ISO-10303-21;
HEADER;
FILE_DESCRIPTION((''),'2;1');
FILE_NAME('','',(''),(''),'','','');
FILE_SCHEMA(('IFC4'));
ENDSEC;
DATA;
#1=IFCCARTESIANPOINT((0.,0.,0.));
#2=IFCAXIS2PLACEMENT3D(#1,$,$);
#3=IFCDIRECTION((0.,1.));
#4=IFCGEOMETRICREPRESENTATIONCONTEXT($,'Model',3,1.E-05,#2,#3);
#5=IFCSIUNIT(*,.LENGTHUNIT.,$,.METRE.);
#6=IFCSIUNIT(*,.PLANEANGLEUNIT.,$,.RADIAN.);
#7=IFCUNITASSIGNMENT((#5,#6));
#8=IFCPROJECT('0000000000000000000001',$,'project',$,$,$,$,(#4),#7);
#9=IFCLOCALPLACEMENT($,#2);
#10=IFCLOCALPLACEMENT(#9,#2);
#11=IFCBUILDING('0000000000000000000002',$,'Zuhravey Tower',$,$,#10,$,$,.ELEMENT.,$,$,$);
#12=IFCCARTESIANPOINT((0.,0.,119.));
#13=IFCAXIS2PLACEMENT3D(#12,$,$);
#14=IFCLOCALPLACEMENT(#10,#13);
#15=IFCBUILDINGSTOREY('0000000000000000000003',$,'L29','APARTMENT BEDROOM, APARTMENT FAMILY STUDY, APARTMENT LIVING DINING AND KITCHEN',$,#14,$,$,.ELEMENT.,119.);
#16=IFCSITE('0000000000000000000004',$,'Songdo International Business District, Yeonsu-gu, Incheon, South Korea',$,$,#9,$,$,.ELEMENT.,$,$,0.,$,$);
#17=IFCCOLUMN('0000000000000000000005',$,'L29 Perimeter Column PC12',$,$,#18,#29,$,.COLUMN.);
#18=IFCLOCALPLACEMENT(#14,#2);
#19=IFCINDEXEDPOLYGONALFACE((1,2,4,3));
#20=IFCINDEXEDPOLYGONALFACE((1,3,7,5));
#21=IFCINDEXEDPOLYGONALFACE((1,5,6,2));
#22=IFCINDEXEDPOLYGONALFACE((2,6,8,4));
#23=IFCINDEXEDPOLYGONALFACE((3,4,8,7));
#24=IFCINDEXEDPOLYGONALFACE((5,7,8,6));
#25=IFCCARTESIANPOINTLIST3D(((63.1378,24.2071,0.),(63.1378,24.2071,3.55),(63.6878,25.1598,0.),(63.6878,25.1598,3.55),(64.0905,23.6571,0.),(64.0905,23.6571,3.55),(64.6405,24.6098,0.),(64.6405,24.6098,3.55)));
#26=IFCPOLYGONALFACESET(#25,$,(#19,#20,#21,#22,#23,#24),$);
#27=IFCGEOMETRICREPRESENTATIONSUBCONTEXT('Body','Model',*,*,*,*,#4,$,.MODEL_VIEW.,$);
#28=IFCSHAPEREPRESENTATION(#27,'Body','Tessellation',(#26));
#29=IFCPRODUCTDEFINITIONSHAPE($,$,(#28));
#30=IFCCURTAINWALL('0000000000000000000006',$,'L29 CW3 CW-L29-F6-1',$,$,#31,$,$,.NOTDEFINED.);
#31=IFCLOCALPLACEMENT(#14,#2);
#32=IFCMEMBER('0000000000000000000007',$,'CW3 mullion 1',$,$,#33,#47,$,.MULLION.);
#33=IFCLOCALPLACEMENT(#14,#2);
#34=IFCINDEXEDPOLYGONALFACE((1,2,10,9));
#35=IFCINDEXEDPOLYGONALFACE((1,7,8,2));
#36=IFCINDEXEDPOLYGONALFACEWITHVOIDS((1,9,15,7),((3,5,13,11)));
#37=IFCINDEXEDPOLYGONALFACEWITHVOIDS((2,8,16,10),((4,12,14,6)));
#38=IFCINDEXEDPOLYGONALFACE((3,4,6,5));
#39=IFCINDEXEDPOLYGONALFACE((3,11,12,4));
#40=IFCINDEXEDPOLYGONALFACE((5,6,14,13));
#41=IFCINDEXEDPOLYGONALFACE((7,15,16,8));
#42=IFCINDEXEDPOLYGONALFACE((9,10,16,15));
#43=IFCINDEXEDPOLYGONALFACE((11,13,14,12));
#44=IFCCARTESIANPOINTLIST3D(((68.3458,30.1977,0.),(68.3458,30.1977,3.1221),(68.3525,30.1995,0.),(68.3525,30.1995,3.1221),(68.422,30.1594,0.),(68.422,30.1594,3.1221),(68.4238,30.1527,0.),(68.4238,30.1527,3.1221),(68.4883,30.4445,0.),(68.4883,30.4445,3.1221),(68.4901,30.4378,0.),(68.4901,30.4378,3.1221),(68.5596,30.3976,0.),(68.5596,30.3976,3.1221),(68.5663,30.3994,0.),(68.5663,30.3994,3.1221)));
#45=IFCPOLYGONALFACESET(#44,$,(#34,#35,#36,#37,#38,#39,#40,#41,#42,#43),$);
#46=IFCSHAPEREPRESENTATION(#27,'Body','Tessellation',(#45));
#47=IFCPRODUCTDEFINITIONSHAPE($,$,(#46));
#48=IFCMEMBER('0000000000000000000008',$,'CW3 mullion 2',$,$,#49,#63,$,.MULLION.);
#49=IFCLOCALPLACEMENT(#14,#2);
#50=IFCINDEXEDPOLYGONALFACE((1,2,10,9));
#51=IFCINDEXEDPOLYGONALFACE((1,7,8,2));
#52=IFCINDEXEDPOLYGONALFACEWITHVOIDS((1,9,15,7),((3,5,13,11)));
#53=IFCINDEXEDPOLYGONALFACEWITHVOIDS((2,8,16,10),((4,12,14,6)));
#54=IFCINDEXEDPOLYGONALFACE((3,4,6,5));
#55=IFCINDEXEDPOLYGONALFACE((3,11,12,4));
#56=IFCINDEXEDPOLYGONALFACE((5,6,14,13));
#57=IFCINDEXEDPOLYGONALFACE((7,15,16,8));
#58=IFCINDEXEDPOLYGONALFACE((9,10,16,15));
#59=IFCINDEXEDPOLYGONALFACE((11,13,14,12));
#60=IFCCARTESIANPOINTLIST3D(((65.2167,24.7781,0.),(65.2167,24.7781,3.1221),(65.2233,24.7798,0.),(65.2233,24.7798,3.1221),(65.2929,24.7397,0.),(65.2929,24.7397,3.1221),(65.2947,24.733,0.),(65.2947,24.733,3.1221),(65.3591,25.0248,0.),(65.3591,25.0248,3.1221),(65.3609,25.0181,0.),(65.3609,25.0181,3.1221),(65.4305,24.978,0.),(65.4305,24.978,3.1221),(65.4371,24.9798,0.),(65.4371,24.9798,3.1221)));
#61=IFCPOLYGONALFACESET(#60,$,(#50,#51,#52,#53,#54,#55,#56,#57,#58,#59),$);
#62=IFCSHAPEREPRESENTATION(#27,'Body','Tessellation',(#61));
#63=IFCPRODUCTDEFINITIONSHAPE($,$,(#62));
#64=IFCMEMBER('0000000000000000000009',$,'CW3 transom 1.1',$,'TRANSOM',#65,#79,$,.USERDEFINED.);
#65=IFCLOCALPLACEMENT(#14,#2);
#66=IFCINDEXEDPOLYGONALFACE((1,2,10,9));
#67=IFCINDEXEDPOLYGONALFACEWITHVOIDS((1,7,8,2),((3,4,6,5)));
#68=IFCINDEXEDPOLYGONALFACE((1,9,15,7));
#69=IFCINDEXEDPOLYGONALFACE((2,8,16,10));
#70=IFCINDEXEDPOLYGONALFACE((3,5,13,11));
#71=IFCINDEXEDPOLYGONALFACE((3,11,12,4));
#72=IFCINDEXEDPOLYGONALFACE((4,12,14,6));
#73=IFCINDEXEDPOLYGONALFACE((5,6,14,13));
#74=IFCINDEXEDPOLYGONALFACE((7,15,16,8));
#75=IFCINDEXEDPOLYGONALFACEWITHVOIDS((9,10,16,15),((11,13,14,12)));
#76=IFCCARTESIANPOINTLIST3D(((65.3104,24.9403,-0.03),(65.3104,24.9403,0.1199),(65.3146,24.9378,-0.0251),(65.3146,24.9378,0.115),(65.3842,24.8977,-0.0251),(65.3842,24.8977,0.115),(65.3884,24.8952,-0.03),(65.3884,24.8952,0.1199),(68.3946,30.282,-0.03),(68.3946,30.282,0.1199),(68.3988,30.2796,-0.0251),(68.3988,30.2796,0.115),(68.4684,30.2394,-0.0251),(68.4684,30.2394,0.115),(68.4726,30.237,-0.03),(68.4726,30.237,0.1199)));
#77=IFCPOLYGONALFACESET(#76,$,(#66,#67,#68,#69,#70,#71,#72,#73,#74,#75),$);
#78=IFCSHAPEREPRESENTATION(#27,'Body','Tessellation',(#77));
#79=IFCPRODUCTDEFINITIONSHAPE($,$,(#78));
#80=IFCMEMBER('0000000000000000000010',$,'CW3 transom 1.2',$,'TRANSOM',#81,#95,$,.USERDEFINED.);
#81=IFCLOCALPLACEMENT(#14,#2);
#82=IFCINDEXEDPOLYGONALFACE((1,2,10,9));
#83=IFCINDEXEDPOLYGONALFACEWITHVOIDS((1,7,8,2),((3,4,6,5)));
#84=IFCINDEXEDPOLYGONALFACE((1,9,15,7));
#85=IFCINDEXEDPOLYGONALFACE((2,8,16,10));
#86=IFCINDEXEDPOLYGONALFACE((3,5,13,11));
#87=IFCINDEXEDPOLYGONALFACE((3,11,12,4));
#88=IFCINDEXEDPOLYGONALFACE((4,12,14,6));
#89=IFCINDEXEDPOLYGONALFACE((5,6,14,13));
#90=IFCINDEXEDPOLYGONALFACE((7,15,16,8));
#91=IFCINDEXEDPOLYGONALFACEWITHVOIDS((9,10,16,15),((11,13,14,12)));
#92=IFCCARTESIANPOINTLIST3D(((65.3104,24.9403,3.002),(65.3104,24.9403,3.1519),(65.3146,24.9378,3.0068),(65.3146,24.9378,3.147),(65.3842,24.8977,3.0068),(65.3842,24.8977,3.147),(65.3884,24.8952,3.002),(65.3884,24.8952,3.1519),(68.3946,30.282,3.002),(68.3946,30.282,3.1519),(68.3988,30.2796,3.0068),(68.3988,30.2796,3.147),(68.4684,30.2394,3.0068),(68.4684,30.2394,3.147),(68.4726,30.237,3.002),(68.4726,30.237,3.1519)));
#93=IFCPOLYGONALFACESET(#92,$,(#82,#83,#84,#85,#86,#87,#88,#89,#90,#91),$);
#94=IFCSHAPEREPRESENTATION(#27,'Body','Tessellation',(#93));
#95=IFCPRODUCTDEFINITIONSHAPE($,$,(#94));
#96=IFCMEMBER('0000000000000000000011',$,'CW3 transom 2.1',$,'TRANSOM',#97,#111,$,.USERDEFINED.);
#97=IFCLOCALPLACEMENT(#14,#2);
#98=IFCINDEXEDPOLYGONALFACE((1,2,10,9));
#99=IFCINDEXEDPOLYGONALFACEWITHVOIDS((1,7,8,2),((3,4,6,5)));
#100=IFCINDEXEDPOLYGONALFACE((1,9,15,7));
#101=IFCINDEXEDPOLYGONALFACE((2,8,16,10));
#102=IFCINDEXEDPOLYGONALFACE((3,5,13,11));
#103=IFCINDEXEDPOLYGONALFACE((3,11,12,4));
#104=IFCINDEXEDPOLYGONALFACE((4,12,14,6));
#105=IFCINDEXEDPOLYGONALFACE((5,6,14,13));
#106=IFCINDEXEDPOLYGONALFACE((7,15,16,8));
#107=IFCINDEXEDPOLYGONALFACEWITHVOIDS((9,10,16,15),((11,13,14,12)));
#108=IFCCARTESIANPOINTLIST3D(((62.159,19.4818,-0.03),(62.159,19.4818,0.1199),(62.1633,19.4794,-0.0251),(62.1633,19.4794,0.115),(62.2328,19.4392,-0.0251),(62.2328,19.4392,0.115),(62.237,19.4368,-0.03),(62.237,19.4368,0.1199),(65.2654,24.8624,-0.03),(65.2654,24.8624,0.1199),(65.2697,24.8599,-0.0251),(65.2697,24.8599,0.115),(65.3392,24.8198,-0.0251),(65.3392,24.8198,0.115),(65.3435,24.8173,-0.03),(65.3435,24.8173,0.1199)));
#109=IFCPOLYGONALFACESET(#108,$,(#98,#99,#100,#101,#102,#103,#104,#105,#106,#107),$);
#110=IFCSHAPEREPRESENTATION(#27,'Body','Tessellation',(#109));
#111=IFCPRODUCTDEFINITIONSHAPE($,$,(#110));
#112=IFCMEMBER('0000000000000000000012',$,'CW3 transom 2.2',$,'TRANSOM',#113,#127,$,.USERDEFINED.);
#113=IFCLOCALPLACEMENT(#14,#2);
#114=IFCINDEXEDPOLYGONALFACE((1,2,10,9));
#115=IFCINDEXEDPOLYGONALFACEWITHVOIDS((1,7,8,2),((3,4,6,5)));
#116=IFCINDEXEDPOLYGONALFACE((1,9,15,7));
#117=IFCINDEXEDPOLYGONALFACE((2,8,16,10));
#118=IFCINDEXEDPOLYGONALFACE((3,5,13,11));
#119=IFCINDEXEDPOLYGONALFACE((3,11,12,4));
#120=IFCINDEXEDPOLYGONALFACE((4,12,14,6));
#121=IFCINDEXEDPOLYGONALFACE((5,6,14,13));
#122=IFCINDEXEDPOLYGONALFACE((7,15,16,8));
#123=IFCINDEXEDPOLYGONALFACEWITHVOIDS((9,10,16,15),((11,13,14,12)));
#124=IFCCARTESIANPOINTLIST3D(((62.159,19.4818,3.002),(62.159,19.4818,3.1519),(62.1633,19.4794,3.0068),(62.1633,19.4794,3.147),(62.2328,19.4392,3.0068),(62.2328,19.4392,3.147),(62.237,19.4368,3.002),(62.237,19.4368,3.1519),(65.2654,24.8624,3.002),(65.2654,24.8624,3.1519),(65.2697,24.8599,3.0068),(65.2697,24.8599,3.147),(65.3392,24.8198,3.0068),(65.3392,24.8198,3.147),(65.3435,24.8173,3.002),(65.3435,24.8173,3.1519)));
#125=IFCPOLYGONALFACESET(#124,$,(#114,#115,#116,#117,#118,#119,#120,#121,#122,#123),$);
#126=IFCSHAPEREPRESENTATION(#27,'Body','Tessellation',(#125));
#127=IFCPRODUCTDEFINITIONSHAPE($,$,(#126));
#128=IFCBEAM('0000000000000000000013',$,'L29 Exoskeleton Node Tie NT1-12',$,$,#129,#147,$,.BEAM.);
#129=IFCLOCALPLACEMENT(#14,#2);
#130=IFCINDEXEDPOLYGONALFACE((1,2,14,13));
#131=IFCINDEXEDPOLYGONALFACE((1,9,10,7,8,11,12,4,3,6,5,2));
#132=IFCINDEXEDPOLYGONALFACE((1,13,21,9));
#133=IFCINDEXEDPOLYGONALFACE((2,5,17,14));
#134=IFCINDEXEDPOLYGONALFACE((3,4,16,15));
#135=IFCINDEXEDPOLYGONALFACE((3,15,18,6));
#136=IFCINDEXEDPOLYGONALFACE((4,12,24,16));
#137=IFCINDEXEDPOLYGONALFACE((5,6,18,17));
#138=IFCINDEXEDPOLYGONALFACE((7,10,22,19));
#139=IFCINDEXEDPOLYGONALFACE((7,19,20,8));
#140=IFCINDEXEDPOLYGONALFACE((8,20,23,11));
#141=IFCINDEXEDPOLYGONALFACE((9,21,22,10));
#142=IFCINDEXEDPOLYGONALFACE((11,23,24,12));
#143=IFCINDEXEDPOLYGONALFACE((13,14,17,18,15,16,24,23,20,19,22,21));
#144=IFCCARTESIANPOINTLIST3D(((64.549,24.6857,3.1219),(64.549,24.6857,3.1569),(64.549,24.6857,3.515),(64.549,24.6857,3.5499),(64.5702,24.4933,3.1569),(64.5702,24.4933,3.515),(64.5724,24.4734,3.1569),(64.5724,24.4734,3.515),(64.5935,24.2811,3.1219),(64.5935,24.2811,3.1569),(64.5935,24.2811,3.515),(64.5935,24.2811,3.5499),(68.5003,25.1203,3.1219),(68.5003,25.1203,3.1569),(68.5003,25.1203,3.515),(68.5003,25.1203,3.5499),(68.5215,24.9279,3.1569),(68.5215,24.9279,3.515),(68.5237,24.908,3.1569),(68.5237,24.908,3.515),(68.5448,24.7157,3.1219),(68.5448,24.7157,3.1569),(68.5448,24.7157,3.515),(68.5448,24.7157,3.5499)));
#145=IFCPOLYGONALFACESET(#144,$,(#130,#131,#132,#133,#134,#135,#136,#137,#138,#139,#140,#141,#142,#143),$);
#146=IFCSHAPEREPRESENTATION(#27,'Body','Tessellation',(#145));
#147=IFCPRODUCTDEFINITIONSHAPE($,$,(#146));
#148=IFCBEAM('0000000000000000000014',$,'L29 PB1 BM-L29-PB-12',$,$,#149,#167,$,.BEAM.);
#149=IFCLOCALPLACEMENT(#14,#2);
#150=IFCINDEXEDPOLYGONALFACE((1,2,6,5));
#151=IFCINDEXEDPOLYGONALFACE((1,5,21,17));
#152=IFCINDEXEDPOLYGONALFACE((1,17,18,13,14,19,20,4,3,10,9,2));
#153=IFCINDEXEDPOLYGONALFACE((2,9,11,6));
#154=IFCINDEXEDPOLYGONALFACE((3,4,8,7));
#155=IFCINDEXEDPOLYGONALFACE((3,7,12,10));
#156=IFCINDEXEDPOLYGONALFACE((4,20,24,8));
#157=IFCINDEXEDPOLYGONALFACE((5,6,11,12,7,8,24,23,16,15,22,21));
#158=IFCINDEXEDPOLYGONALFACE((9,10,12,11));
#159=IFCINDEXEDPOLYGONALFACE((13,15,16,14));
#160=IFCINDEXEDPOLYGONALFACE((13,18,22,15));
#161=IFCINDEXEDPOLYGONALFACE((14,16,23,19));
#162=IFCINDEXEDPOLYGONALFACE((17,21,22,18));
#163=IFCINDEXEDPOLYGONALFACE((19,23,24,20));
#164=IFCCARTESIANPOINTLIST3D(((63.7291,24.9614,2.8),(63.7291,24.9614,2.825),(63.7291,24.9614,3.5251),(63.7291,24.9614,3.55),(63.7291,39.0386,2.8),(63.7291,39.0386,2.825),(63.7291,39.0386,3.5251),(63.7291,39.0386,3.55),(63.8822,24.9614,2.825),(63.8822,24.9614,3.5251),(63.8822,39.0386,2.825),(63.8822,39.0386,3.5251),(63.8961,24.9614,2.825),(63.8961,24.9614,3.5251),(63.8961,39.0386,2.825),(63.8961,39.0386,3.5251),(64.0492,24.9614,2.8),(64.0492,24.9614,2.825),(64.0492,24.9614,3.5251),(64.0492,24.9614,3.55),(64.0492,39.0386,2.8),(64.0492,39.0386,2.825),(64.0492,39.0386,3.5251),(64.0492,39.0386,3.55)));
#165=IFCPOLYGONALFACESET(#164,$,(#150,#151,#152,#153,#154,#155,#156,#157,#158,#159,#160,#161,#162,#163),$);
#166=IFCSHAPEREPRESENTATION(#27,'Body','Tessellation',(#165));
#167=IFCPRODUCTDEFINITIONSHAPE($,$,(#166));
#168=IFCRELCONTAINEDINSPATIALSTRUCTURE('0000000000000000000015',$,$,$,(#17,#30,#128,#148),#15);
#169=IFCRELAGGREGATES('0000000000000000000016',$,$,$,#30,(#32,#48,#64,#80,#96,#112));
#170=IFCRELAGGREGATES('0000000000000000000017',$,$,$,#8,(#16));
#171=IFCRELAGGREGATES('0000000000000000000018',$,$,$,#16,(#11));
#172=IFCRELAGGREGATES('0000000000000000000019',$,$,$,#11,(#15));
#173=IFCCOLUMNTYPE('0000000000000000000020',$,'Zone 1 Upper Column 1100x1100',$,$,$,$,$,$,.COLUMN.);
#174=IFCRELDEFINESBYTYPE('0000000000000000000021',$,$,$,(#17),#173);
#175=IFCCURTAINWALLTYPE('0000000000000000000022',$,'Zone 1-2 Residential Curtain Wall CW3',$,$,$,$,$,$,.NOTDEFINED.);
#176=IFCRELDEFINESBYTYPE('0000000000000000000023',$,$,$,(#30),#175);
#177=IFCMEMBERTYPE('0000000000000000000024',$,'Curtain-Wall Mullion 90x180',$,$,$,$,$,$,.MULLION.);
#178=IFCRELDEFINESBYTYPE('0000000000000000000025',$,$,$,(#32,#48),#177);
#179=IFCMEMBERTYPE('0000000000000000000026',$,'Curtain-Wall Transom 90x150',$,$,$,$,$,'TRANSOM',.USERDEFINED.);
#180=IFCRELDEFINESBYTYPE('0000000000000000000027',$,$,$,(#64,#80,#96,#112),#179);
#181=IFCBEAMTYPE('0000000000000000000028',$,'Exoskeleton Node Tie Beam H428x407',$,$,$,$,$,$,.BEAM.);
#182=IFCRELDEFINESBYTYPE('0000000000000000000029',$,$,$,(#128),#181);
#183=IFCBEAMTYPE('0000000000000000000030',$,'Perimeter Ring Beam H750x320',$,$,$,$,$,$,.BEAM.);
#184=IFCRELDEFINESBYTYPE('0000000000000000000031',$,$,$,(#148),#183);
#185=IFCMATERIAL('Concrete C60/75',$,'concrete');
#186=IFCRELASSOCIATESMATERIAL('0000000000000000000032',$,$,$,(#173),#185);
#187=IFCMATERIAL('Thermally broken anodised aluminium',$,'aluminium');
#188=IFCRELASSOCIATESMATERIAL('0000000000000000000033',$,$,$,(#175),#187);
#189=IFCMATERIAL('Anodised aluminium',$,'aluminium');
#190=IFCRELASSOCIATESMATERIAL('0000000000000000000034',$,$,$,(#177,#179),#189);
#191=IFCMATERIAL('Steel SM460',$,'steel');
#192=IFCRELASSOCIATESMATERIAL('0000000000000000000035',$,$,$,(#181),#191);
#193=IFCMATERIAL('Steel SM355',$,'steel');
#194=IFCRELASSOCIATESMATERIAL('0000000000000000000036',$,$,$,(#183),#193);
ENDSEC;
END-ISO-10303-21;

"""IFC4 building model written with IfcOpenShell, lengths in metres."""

from ifc_helpers import new_model, si_unit, direction, frame, origin, origin_2d, place, context, subcontext, project, spatial, rectangle, hollow_rectangle, i_section, extrude, material, material_profile, profile_set, type_object, element, aggregate, save


model = new_model("IFC4")

# Units and contexts
model_context = context("Model", 3, precision=1e-05, world=origin(), true_north=direction((0.0, 1.0)))
body_context = subcontext(model_context, "Body", "Model", "MODEL_VIEW")
ifc_project = project(units=[si_unit("LENGTHUNIT", "METRE"), si_unit("PLANEANGLEUNIT", "RADIAN")], contexts=[model_context])

# Site, building, storey
site_placement = place(None, origin())
site = spatial("IfcSite", under=ifc_project, at=site_placement, Name="Songdo International Business District, Yeonsu-gu, Incheon, South Korea", CompositionType="ELEMENT", RefElevation=0.0)
building_placement = place(site_placement, origin())
building = spatial("IfcBuilding", under=site, at=building_placement, Name="Zuhravey Tower", CompositionType="ELEMENT")
storey_placement = place(building_placement, frame((0.0, 0.0, 119.0)))
storey = spatial("IfcBuildingStorey", under=building, at=storey_placement, Name="L29", Description="APARTMENT BEDROOM, APARTMENT FAMILY STUDY, APARTMENT LIVING DINING AND KITCHEN", CompositionType="ELEMENT", Elevation=119.0)

# Column
ifc_material_1 = material(Name="Concrete C60/75", Category="concrete")
ifc_material_profile_1 = material_profile(ifc_material_1, rectangle(XDim=1.1001, YDim=1.1001, at=origin_2d()), Name="RC-1100x1100")
ifc_profile_set_1 = profile_set([ifc_material_profile_1], Name="Concrete C60/75")
column_type = type_object("IfcColumnType", Name="Zone 1 Upper Column 1100x1100", PredefinedType="COLUMN", material=ifc_profile_set_1)
column_placement = place(storey_placement, frame((63.8892, 24.4084, 0.0), z_axis=(0.0, 0.0, 1.0), x_axis=(0.5, 0.866025, 0.0)))
element("IfcColumn", 1, at=column_placement, inside=storey, type_object=column_type, Name="L29 Perimeter Column PC12", PredefinedType="COLUMN", context=body_context, shape_type="SweptSolid", body=[
    extrude(rectangle(XDim=1.1001, YDim=1.1001, at=origin_2d()), origin(), (0.0, 0.0, 1.0), 3.55),
])

# Curtain wall, members
ifc_material_2 = material(Name="Thermally broken anodised aluminium", Category="aluminium")
curtain_wall_type = type_object("IfcCurtainWallType", Name="Zone 1-2 Residential Curtain Wall CW3", PredefinedType="NOTDEFINED", material=ifc_material_2)
curtain_wall_placement = place(storey_placement, origin())
curtain_wall = element("IfcCurtainWall", 2, at=curtain_wall_placement, inside=storey, type_object=curtain_wall_type, Name="L29 CW3 CW-L29-F6-1", PredefinedType="NOTDEFINED")
ifc_material_3 = material(Name="Anodised aluminium", Category="aluminium")
ifc_material_profile_2 = material_profile(ifc_material_3, hollow_rectangle(XDim=0.0901, YDim=0.2849, WallThickness=0.0049, at=origin_2d()), Name="ALU-RHS-90x285x5")
ifc_profile_set_2 = profile_set([ifc_material_profile_2], Name="Anodised aluminium")
member_type_1 = type_object("IfcMemberType", Name="Curtain-Wall Mullion 90x180", PredefinedType="MULLION", material=ifc_profile_set_2)
member_1_placement = place(storey_placement, frame((68.4561, 30.2986, 0.0), z_axis=(0.0, 0.0, 1.0), x_axis=(0.866026, -0.499999, 0.0)))
member_1 = element("IfcMember", 3, at=member_1_placement, type_object=member_type_1, Name="CW3 mullion 1", PredefinedType="MULLION", context=body_context, shape_type="SweptSolid", body=[
    extrude(hollow_rectangle(XDim=0.0901, YDim=0.2849, WallThickness=0.0049, at=origin_2d()), origin(), (0.0, 0.0, 1.0), 3.1221),
])
member_2_placement = place(storey_placement, frame((65.3269, 24.8789, 0.0), z_axis=(0.0, 0.0, 1.0), x_axis=(0.866026, -0.499999, 0.0)))
member_2 = element("IfcMember", 4, at=member_2_placement, type_object=member_type_1, Name="CW3 mullion 2", PredefinedType="MULLION", context=body_context, shape_type="SweptSolid", body=[
    extrude(hollow_rectangle(XDim=0.0901, YDim=0.2849, WallThickness=0.0049, at=origin_2d()), origin(), (0.0, 0.0, 1.0), 3.1221),
])
ifc_material_profile_3 = material_profile(ifc_material_3, hollow_rectangle(XDim=0.0901, YDim=0.1499, WallThickness=0.0049, at=origin_2d()), Name="ALU-RHS-90x150x5")
ifc_profile_set_3 = profile_set([ifc_material_profile_3], Name="Anodised aluminium")
member_type_2 = type_object("IfcMemberType", Name="Curtain-Wall Transom 90x150", ElementType="TRANSOM", PredefinedType="USERDEFINED", material=ifc_profile_set_3)
member_3_placement = place(storey_placement, frame((68.4336, 30.2595, 0.0449), z_axis=(-0.500017, -0.866016, 0.0), x_axis=(0.866016, -0.500017, 0.0)))
member_3 = element("IfcMember", 5, at=member_3_placement, type_object=member_type_2, Name="CW3 transom 1.1", ObjectType="TRANSOM", PredefinedType="USERDEFINED", context=body_context, shape_type="SweptSolid", body=[
    extrude(hollow_rectangle(XDim=0.0901, YDim=0.1499, WallThickness=0.0049, at=origin_2d()), origin(), (0.0, 0.0, 1.0), 6.1682),
])
member_4_placement = place(storey_placement, frame((68.4336, 30.2595, 3.0769), z_axis=(-0.500017, -0.866016, 0.0), x_axis=(0.866016, -0.500017, 0.0)))
member_4 = element("IfcMember", 6, at=member_4_placement, type_object=member_type_2, Name="CW3 transom 1.2", ObjectType="TRANSOM", PredefinedType="USERDEFINED", context=body_context, shape_type="SweptSolid", body=[
    extrude(hollow_rectangle(XDim=0.0901, YDim=0.1499, WallThickness=0.0049, at=origin_2d()), origin(), (0.0, 0.0, 1.0), 6.1682),
])
member_5_placement = place(storey_placement, frame((65.3044, 24.8398, 0.0449), z_axis=(-0.499993, -0.866029, 0.0), x_axis=(0.866029, -0.499993, 0.0)))
member_5 = element("IfcMember", 7, at=member_5_placement, type_object=member_type_2, Name="CW3 transom 2.1", ObjectType="TRANSOM", PredefinedType="USERDEFINED", context=body_context, shape_type="SweptSolid", body=[
    extrude(hollow_rectangle(XDim=0.0901, YDim=0.1499, WallThickness=0.0049, at=origin_2d()), origin(), (0.0, 0.0, 1.0), 6.2129),
])
member_6_placement = place(storey_placement, frame((65.3044, 24.8398, 3.0769), z_axis=(-0.499993, -0.866029, 0.0), x_axis=(0.866029, -0.499993, 0.0)))
member_6 = element("IfcMember", 8, at=member_6_placement, type_object=member_type_2, Name="CW3 transom 2.2", ObjectType="TRANSOM", PredefinedType="USERDEFINED", context=body_context, shape_type="SweptSolid", body=[
    extrude(hollow_rectangle(XDim=0.0901, YDim=0.1499, WallThickness=0.0049, at=origin_2d()), origin(), (0.0, 0.0, 1.0), 6.2129),
])

# Beams
ifc_material_4 = material(Name="Steel SM460", Category="steel")
ifc_material_profile_4 = material_profile(ifc_material_4, i_section(OverallWidth=0.407, OverallDepth=0.428, WebThickness=0.02, FlangeThickness=0.0349, at=origin_2d()), Name="H-428x407x20x35")
ifc_profile_set_4 = profile_set([ifc_material_profile_4], Name="Steel SM460")
beam_type_1 = type_object("IfcBeamType", Name="Exoskeleton Node Tie Beam H428x407", PredefinedType="BEAM", material=ifc_profile_set_4)
beam_1_placement = place(storey_placement, frame((64.5713, 24.4834, 3.3359), z_axis=(0.994006, 0.109326, 0.0), x_axis=(-0.109326, 0.994006, 0.0)))
element("IfcBeam", 9, at=beam_1_placement, inside=storey, type_object=beam_type_1, Name="L29 Exoskeleton Node Tie NT1-12", PredefinedType="BEAM", context=body_context, shape_type="SweptSolid", body=[
    extrude(i_section(OverallWidth=0.407, OverallDepth=0.428, WebThickness=0.02, FlangeThickness=0.0349, at=origin_2d()), origin(), (0.0, 0.0, 1.0), 3.9751),
])
ifc_material_5 = material(Name="Steel SM355", Category="steel")
ifc_material_profile_5 = material_profile(ifc_material_5, i_section(OverallWidth=0.3201, OverallDepth=0.75, WebThickness=0.0139, FlangeThickness=0.0249, at=origin_2d()), Name="H-750x320x14x25")
ifc_profile_set_5 = profile_set([ifc_material_profile_5], Name="Steel SM355")
beam_type_2 = type_object("IfcBeamType", Name="Perimeter Ring Beam H750x320", PredefinedType="BEAM", material=ifc_profile_set_5)
beam_2_placement = place(storey_placement, frame((63.8892, 24.9614, 3.175), z_axis=(0.0, 1.0, 0.0), x_axis=(-1.0, 0.0, 0.0)))
element("IfcBeam", 10, at=beam_2_placement, inside=storey, type_object=beam_type_2, Name="L29 PB1 BM-L29-PB-12", PredefinedType="BEAM", context=body_context, shape_type="SweptSolid", body=[
    extrude(i_section(OverallWidth=0.3201, OverallDepth=0.75, WebThickness=0.0139, FlangeThickness=0.0249, at=origin_2d()), origin(), (0.0, 0.0, 1.0), 14.0771),
])

aggregate(curtain_wall, [member_1, member_2, member_3, member_4, member_5, member_6])

save(model, "model.ifc")
